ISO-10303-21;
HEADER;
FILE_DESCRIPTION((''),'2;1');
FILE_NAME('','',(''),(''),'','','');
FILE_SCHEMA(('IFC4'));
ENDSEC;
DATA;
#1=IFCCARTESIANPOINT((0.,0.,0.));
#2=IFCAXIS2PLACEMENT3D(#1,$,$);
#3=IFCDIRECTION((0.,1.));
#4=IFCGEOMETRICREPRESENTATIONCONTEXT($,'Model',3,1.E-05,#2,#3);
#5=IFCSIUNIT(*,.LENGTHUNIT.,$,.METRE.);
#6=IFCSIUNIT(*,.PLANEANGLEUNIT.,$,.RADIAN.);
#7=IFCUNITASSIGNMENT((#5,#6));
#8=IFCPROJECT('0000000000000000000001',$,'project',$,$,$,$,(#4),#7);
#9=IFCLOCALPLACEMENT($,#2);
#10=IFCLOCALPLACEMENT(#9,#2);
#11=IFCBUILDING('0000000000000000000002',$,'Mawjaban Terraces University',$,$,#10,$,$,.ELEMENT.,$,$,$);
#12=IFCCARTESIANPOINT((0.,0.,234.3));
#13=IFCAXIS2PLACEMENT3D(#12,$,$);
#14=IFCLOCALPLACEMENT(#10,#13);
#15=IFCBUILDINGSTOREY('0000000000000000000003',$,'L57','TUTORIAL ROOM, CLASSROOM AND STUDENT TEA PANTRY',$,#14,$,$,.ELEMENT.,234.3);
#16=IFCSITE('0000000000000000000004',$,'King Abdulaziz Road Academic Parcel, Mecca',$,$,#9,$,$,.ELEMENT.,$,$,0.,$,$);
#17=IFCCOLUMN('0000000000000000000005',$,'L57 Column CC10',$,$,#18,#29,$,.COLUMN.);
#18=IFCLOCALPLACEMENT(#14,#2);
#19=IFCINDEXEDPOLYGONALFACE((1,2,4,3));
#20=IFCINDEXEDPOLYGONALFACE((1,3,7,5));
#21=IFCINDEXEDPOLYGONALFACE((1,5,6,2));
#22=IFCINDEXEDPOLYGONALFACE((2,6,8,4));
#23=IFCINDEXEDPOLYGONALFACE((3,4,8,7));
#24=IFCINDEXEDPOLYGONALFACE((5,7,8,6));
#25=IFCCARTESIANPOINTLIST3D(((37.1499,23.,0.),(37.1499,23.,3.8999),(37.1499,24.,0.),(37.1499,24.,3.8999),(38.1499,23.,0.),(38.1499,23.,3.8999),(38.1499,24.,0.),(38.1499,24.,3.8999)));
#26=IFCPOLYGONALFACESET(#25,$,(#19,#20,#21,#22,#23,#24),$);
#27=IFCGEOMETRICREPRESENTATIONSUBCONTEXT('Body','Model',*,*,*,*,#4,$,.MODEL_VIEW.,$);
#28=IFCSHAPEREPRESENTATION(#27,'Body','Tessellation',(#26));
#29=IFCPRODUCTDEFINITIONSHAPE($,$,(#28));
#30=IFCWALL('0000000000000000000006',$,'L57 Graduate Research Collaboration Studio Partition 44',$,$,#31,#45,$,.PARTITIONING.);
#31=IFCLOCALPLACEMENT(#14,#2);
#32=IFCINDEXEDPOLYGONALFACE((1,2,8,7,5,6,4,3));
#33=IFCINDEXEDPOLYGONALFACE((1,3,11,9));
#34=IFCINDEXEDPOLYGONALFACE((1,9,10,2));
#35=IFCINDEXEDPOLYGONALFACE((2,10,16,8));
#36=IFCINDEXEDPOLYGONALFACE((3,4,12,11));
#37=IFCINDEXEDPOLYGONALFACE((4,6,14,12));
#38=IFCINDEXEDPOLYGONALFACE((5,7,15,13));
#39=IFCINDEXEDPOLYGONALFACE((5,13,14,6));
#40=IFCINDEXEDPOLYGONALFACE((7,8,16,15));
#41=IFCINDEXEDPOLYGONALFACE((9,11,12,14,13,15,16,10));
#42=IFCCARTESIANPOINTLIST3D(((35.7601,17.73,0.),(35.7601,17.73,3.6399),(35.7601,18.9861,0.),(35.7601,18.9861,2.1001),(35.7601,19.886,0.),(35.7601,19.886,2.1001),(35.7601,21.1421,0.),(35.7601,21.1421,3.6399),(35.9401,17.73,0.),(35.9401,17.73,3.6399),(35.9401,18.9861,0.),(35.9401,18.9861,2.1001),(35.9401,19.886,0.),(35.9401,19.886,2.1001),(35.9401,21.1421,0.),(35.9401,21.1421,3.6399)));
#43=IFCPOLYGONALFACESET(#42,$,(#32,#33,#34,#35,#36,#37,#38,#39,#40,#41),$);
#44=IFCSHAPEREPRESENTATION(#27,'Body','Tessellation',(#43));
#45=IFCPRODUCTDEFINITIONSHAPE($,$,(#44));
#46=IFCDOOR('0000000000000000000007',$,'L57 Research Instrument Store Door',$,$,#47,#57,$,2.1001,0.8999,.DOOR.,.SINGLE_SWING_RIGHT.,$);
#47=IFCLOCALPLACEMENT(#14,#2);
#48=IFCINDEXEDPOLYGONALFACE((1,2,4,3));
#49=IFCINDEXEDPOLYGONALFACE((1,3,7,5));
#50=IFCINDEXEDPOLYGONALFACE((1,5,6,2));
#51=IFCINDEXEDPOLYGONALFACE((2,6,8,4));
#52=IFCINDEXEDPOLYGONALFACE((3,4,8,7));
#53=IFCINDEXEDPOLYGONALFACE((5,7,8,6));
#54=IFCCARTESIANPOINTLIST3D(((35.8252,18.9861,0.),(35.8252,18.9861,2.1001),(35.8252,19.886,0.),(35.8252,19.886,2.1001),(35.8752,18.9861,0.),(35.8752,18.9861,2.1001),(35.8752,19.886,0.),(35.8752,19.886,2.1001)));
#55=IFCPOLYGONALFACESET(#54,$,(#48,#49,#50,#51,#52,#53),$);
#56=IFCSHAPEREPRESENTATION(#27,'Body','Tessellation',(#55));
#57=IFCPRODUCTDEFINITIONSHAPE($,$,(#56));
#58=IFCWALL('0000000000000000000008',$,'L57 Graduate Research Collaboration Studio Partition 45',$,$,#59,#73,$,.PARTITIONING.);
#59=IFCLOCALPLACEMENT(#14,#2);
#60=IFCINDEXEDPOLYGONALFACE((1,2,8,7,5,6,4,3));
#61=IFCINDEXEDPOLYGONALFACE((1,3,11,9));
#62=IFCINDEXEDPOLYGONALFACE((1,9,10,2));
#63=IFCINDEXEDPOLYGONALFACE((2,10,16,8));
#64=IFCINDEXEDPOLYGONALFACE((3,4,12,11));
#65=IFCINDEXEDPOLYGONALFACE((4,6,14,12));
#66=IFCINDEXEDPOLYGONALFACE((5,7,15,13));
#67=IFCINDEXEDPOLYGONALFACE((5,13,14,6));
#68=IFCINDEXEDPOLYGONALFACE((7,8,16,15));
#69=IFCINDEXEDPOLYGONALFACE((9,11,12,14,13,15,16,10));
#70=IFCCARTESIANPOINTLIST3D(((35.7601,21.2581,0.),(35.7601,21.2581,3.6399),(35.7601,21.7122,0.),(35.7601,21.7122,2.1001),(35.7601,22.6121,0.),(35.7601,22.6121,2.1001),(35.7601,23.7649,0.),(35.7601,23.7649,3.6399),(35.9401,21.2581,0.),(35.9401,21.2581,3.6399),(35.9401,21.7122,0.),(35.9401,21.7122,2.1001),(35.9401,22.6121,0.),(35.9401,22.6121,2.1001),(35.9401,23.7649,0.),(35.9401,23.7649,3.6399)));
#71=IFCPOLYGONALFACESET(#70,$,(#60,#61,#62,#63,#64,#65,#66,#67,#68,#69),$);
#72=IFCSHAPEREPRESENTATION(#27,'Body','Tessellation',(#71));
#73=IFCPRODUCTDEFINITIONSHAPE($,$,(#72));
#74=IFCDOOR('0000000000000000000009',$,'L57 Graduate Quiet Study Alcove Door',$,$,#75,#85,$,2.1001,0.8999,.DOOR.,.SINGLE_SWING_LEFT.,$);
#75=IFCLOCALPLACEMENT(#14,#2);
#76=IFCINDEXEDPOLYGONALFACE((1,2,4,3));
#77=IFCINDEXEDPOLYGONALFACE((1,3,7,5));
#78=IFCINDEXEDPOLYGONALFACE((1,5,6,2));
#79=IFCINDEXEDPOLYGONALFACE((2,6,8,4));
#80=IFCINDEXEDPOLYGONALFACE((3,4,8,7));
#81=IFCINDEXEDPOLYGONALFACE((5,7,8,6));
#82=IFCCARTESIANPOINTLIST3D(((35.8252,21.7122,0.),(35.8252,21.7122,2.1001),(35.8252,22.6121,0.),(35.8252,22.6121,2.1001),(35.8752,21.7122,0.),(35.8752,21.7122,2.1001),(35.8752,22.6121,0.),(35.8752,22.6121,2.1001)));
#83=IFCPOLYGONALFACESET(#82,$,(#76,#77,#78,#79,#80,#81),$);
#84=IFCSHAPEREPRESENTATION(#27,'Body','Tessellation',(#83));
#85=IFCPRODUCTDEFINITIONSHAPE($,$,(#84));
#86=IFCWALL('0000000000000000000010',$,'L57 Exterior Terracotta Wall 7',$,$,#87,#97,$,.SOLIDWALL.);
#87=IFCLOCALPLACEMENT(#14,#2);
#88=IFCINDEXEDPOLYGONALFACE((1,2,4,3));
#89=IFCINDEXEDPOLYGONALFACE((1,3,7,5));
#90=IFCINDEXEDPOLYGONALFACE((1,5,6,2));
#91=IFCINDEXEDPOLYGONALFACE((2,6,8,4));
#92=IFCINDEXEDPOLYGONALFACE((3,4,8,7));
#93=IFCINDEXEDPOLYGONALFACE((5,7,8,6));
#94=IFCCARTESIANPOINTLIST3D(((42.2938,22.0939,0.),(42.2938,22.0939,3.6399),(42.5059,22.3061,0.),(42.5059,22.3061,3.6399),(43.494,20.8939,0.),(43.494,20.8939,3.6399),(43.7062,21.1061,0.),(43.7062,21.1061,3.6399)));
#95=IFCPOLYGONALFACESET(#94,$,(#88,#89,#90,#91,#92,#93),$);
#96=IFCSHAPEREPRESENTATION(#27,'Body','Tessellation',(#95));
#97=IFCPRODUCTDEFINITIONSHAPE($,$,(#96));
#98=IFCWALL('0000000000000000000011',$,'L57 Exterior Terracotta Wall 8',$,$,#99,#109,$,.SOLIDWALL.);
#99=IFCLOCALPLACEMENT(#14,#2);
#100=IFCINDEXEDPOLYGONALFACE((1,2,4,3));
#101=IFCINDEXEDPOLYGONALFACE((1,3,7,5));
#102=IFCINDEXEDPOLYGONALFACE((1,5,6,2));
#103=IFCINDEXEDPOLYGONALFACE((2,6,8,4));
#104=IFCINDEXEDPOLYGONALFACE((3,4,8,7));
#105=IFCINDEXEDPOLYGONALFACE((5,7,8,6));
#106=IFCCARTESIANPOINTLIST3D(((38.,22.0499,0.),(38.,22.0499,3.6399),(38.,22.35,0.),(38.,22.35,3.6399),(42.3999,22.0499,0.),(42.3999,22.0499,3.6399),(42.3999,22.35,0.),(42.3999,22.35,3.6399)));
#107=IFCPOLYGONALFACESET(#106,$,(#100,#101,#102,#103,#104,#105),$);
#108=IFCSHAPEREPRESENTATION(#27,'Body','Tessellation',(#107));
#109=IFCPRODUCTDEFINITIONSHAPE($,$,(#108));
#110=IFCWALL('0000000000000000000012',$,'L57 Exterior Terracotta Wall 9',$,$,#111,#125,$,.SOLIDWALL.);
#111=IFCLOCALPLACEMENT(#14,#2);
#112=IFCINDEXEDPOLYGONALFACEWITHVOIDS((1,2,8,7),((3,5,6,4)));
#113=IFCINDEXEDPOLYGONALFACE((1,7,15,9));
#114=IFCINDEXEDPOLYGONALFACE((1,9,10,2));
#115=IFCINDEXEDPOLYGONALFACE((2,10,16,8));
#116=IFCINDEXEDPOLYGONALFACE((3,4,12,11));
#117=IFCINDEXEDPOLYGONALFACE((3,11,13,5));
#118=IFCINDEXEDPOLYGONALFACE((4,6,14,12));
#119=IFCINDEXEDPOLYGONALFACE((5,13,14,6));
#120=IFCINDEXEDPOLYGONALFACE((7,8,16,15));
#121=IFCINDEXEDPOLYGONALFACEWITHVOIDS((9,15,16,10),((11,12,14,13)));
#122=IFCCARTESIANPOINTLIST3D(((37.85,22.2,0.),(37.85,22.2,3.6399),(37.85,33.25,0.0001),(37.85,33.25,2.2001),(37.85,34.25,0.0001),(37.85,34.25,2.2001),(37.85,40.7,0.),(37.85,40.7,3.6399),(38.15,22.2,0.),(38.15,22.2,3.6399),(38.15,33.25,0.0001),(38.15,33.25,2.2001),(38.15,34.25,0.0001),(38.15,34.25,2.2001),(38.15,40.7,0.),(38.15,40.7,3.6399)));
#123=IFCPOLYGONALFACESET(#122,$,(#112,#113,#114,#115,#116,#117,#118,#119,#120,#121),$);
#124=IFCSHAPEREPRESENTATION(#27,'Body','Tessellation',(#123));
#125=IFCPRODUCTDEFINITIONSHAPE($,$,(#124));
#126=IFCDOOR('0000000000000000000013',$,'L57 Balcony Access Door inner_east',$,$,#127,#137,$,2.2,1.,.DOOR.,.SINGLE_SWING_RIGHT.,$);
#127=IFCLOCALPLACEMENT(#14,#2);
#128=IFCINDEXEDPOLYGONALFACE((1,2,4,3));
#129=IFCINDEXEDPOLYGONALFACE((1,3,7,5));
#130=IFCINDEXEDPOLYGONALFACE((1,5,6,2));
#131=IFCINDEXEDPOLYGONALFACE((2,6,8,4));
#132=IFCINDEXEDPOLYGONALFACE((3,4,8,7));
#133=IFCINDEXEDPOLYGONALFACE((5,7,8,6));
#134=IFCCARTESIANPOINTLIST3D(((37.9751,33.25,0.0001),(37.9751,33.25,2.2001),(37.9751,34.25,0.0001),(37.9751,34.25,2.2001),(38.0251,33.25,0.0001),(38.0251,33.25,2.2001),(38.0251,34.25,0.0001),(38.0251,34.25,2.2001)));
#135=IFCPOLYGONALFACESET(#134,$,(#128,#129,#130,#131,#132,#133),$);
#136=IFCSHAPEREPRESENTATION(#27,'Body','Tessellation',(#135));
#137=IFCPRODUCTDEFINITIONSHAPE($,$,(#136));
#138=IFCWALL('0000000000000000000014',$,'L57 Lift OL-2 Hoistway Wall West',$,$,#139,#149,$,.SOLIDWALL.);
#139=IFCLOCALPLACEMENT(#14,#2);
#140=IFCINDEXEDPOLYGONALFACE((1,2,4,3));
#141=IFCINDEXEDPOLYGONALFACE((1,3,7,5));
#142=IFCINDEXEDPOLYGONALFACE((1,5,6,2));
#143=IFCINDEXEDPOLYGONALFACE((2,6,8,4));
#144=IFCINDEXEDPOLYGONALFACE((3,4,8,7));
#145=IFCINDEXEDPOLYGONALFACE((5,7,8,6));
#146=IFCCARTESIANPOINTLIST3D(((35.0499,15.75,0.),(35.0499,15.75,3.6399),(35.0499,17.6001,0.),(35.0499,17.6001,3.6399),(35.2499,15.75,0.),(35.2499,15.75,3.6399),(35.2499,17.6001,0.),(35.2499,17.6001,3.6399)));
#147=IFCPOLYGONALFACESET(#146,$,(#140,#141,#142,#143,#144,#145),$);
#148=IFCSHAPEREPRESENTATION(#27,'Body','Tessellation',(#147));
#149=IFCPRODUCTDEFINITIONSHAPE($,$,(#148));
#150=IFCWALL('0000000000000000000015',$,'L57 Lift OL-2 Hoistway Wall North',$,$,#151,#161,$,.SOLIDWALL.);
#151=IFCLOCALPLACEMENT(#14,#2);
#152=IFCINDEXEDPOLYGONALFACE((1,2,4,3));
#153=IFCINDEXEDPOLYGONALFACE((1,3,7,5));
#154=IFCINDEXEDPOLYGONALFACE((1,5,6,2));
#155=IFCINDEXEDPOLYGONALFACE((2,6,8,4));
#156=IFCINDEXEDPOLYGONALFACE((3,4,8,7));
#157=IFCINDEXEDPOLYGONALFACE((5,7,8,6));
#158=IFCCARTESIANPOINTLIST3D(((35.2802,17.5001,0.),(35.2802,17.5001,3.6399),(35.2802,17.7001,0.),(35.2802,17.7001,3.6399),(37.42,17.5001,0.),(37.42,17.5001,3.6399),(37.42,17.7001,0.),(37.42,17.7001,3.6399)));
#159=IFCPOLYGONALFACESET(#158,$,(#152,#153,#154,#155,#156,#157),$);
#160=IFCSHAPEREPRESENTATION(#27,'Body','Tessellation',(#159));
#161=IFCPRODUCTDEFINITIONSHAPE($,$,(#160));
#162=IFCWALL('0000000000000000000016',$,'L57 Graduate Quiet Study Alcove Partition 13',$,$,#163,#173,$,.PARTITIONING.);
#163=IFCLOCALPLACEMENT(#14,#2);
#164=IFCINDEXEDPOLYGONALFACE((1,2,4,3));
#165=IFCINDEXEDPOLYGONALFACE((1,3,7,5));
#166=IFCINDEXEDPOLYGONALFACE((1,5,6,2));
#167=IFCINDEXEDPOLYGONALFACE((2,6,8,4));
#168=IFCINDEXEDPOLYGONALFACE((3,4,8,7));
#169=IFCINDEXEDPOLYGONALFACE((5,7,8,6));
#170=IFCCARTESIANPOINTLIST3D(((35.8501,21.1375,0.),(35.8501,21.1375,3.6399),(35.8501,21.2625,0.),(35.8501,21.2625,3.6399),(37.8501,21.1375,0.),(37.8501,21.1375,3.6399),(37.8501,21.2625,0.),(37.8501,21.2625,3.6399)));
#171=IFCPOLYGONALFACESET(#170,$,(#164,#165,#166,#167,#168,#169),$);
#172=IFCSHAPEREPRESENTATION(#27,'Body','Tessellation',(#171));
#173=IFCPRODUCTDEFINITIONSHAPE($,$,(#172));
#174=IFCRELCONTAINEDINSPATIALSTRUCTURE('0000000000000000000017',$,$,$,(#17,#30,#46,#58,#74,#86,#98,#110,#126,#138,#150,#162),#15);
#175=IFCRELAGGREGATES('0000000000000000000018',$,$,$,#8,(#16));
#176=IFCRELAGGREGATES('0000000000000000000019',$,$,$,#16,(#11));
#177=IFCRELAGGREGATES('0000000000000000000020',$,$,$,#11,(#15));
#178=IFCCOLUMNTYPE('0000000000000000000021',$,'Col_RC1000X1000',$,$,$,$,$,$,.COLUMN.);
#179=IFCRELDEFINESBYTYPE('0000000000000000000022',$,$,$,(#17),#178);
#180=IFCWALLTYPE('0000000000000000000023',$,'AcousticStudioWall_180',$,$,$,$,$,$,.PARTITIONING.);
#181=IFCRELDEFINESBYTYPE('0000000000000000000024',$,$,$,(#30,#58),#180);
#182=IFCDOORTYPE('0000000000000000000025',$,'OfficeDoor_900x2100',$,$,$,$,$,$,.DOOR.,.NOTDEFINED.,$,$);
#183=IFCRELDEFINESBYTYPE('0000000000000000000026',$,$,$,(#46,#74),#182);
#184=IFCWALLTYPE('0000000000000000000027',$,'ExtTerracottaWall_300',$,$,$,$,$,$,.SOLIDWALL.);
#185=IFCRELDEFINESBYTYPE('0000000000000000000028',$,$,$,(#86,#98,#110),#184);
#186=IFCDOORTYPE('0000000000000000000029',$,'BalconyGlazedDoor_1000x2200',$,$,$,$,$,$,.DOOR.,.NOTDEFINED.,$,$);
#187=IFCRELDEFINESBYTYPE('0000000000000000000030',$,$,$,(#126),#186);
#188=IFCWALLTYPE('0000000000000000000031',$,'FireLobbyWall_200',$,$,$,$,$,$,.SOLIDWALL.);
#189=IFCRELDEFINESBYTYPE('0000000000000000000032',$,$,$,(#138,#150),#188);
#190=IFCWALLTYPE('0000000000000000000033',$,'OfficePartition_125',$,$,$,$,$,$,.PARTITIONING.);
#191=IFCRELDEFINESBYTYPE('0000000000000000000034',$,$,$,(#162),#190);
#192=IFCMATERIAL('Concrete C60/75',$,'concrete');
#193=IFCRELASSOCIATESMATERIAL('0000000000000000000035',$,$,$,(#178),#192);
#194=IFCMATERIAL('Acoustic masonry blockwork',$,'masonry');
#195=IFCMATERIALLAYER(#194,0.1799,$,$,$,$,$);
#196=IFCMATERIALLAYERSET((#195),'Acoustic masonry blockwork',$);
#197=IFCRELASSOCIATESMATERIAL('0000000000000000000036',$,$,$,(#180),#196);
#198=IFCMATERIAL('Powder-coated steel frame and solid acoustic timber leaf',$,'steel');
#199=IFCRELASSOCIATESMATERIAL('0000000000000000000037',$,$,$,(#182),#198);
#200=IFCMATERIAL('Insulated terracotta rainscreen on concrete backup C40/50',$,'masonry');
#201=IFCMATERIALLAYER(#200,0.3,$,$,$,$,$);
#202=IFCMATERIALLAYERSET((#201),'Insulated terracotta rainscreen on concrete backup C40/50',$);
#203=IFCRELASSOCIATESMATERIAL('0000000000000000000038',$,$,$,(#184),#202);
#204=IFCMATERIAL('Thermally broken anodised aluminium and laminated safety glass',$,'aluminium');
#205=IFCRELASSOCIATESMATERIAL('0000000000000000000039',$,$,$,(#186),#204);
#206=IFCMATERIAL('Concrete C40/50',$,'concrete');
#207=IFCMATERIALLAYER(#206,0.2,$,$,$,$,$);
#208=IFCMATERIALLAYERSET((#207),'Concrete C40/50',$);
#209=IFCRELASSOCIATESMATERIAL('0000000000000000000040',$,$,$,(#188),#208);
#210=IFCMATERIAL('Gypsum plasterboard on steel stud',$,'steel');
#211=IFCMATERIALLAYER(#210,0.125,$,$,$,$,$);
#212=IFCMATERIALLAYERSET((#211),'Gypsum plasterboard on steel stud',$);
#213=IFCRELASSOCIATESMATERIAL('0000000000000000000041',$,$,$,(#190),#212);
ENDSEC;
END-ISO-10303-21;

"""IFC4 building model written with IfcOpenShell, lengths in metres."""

from ifc_helpers import new_model, si_unit, direction, frame, frame_2d, origin, origin_2d, place, context, subcontext, project, spatial, rectangle, extrude, material, layer, layer_set, material_profile, profile_set, type_object, element, fill, save


model = new_model("IFC4")

# Units and contexts
model_context = context("Model", 3, precision=1e-05, world=origin(), true_north=direction((0.0, 1.0)))
body_context = subcontext(model_context, "Body", "Model", "MODEL_VIEW")
ifc_project = project(units=[si_unit("LENGTHUNIT", "METRE"), si_unit("PLANEANGLEUNIT", "RADIAN")], contexts=[model_context])

# Site, building, storey
site_placement = place(None, origin())
site = spatial("IfcSite", under=ifc_project, at=site_placement, Name="King Abdulaziz Road Academic Parcel, Mecca", CompositionType="ELEMENT", RefElevation=0.0)
building_placement = place(site_placement, origin())
building = spatial("IfcBuilding", under=site, at=building_placement, Name="Mawjaban Terraces University", CompositionType="ELEMENT")
storey_placement = place(building_placement, frame((0.0, 0.0, 234.3)))
storey = spatial("IfcBuildingStorey", under=building, at=storey_placement, Name="L57", Description="TUTORIAL ROOM, CLASSROOM AND STUDENT TEA PANTRY", CompositionType="ELEMENT", Elevation=234.3)

# Column
ifc_material_1 = material(Name="Concrete C60/75", Category="concrete")
ifc_material_profile_1 = material_profile(ifc_material_1, rectangle(XDim=1.0, YDim=1.0, at=origin_2d()), Name="RC1000X1000")
ifc_profile_set_1 = profile_set([ifc_material_profile_1], Name="Concrete C60/75")
column_type = type_object("IfcColumnType", Name="Col_RC1000X1000", PredefinedType="COLUMN", material=ifc_profile_set_1)
column_placement = place(storey_placement, frame((37.6499, 23.5, 0.0), z_axis=(0.0, 0.0, 1.0), x_axis=(1.0, 0.0, 0.0)))
element("IfcColumn", 1, at=column_placement, inside=storey, type_object=column_type, Name="L57 Column CC10", PredefinedType="COLUMN", context=body_context, shape_type="SweptSolid", body=[
    extrude(rectangle(XDim=1.0, YDim=1.0, at=origin_2d()), origin(), (0.0, 0.0, 1.0), 3.8999),
])

# Walls, openings, doors
ifc_material_2 = material(Name="Acoustic masonry blockwork", Category="masonry")
ifc_layer_1 = layer(ifc_material_2, 0.1799)
ifc_layer_set_1 = layer_set([ifc_layer_1], Name="Acoustic masonry blockwork")
wall_type_1 = type_object("IfcWallType", Name="AcousticStudioWall_180", PredefinedType="PARTITIONING", material=ifc_layer_set_1)
wall_1_placement = place(storey_placement, frame((35.8501, 17.73, 0.0), z_axis=(0.0, 0.0, 1.0), x_axis=(0.0, 1.0, 0.0)))
wall_1 = element("IfcWall", 2, at=wall_1_placement, inside=storey, type_object=wall_type_1, Name="L57 Graduate Research Collaboration Studio Partition 44", PredefinedType="PARTITIONING", context=body_context, shape_type="SweptSolid", body=[
    extrude(rectangle(XDim=3.4121, YDim=0.1799, at=frame_2d((1.7061, 0.0))), origin(), (0.0, 0.0, 1.0), 3.6399),
])
opening_1_placement = place(wall_1_placement, frame((1.2561, 0.0, 0.0)))
opening_1 = element("IfcOpeningElement", 3, at=opening_1_placement, cuts=wall_1, PredefinedType="OPENING", context=body_context, shape_type="SweptSolid", body=[
    extrude(rectangle(XDim=0.8999, YDim=2.1001, at=frame_2d((0.45, 1.05))), frame((0.0, 0.0999, 0.0), z_axis=(0.0, -1.0, 0.0), x_axis=(1.0, 0.0, 0.0)), (0.0, 0.0, 1.0), 0.2),
])
ifc_material_3 = material(Name="Powder-coated steel frame and solid acoustic timber leaf", Category="steel")
door_type_1 = type_object("IfcDoorType", Name="OfficeDoor_900x2100", OperationType="NOTDEFINED", PredefinedType="DOOR", material=ifc_material_3)
door_1_placement = place(opening_1_placement, origin())
door_1 = element("IfcDoor", 4, at=door_1_placement, inside=storey, type_object=door_type_1, Name="L57 Research Instrument Store Door", OperationType="SINGLE_SWING_RIGHT", OverallHeight=2.1001, OverallWidth=0.8999, PredefinedType="DOOR", context=body_context, shape_type="SweptSolid", body=[
    extrude(rectangle(XDim=0.8999, YDim=2.1001, at=frame_2d((0.45, 1.05))), frame((0.0, 0.0249, 0.0), z_axis=(0.0, -1.0, 0.0), x_axis=(1.0, 0.0, 0.0)), (0.0, 0.0, 1.0), 0.05),
])
fill(opening_1, door_1)
wall_2_placement = place(storey_placement, frame((35.8501, 21.2581, 0.0), z_axis=(0.0, 0.0, 1.0), x_axis=(0.0, 1.0, 0.0)))
wall_2 = element("IfcWall", 5, at=wall_2_placement, inside=storey, type_object=wall_type_1, Name="L57 Graduate Research Collaboration Studio Partition 45", PredefinedType="PARTITIONING", context=body_context, shape_type="SweptSolid", body=[
    extrude(rectangle(XDim=2.5068, YDim=0.1799, at=frame_2d((1.2534, 0.0))), origin(), (0.0, 0.0, 1.0), 3.6399),
])
opening_2_placement = place(wall_2_placement, frame((0.4541, 0.0, 0.0)))
opening_2 = element("IfcOpeningElement", 6, at=opening_2_placement, cuts=wall_2, PredefinedType="OPENING", context=body_context, shape_type="SweptSolid", body=[
    extrude(rectangle(XDim=0.8999, YDim=2.1001, at=frame_2d((0.45, 1.05))), frame((0.0, 0.0999, 0.0), z_axis=(0.0, -1.0, 0.0), x_axis=(1.0, 0.0, 0.0)), (0.0, 0.0, 1.0), 0.2),
])
door_2_placement = place(opening_2_placement, origin())
door_2 = element("IfcDoor", 7, at=door_2_placement, inside=storey, type_object=door_type_1, Name="L57 Graduate Quiet Study Alcove Door", OperationType="SINGLE_SWING_LEFT", OverallHeight=2.1001, OverallWidth=0.8999, PredefinedType="DOOR", context=body_context, shape_type="SweptSolid", body=[
    extrude(rectangle(XDim=0.8999, YDim=2.1001, at=frame_2d((0.45, 1.05))), frame((0.0, 0.0249, 0.0), z_axis=(0.0, -1.0, 0.0), x_axis=(1.0, 0.0, 0.0)), (0.0, 0.0, 1.0), 0.05),
])
fill(opening_2, door_2)

# Walls
ifc_material_4 = material(Name="Insulated terracotta rainscreen on concrete backup C40/50", Category="masonry")
ifc_layer_2 = layer(ifc_material_4, 0.3)
ifc_layer_set_2 = layer_set([ifc_layer_2], Name="Insulated terracotta rainscreen on concrete backup C40/50")
wall_type_2 = type_object("IfcWallType", Name="ExtTerracottaWall_300", PredefinedType="SOLIDWALL", material=ifc_layer_set_2)
wall_3_placement = place(storey_placement, frame((43.6001, 21.0, 0.0), z_axis=(0.0, 0.0, 1.0), x_axis=(-0.707179, 0.707035, 0.0)))
element("IfcWall", 8, at=wall_3_placement, inside=storey, type_object=wall_type_2, Name="L57 Exterior Terracotta Wall 7", PredefinedType="SOLIDWALL", context=body_context, shape_type="SweptSolid", body=[
    extrude(rectangle(XDim=1.6973, YDim=0.3, at=frame_2d((0.8486, 0.0))), origin(), (0.0, 0.0, 1.0), 3.6399),
])
wall_4_placement = place(storey_placement, frame((42.3999, 22.2, 0.0), z_axis=(0.0, 0.0, 1.0), x_axis=(-1.0, 0.0, 0.0)))
element("IfcWall", 9, at=wall_4_placement, inside=storey, type_object=wall_type_2, Name="L57 Exterior Terracotta Wall 8", PredefinedType="SOLIDWALL", context=body_context, shape_type="SweptSolid", body=[
    extrude(rectangle(XDim=4.3999, YDim=0.3, at=frame_2d((2.2, 0.0))), origin(), (0.0, 0.0, 1.0), 3.6399),
])

# Wall, opening, door
wall_5_placement = place(storey_placement, frame((38.0, 22.2, 0.0), z_axis=(0.0, 0.0, 1.0), x_axis=(0.0, 1.0, 0.0)))
wall_5 = element("IfcWall", 10, at=wall_5_placement, inside=storey, type_object=wall_type_2, Name="L57 Exterior Terracotta Wall 9", PredefinedType="SOLIDWALL", context=body_context, shape_type="SweptSolid", body=[
    extrude(rectangle(XDim=18.5, YDim=0.3, at=frame_2d((9.25, 0.0))), origin(), (0.0, 0.0, 1.0), 3.6399),
])
opening_3_placement = place(wall_5_placement, frame((11.05, 0.0, 0.0)))
opening_3 = element("IfcOpeningElement", 11, at=opening_3_placement, cuts=wall_5, PredefinedType="OPENING", context=body_context, shape_type="SweptSolid", body=[
    extrude(rectangle(XDim=1.0, YDim=2.2, at=frame_2d((0.5, 1.1001))), frame((0.0, 0.1599, 0.0), z_axis=(0.0, -1.0, 0.0), x_axis=(1.0, 0.0, 0.0)), (0.0, 0.0, 1.0), 0.3201),
])
ifc_material_5 = material(Name="Thermally broken anodised aluminium and laminated safety glass", Category="aluminium")
door_type_2 = type_object("IfcDoorType", Name="BalconyGlazedDoor_1000x2200", OperationType="NOTDEFINED", PredefinedType="DOOR", material=ifc_material_5)
door_3_placement = place(opening_3_placement, origin())
door_3 = element("IfcDoor", 12, at=door_3_placement, inside=storey, type_object=door_type_2, Name="L57 Balcony Access Door inner_east", OperationType="SINGLE_SWING_RIGHT", OverallHeight=2.2, OverallWidth=1.0, PredefinedType="DOOR", context=body_context, shape_type="SweptSolid", body=[
    extrude(rectangle(XDim=1.0, YDim=2.2, at=frame_2d((0.5, 1.1001))), frame((0.0, 0.0249, 0.0), z_axis=(0.0, -1.0, 0.0), x_axis=(1.0, 0.0, 0.0)), (0.0, 0.0, 1.0), 0.05),
])
fill(opening_3, door_3)

# Walls
ifc_material_6 = material(Name="Concrete C40/50", Category="concrete")
ifc_layer_3 = layer(ifc_material_6, 0.2)
ifc_layer_set_3 = layer_set([ifc_layer_3], Name="Concrete C40/50")
wall_type_3 = type_object("IfcWallType", Name="FireLobbyWall_200", PredefinedType="SOLIDWALL", material=ifc_layer_set_3)
wall_6_placement = place(storey_placement, frame((35.1499, 17.6001, 0.0), z_axis=(0.0, 0.0, 1.0), x_axis=(0.0, -1.0, 0.0)))
element("IfcWall", 13, at=wall_6_placement, inside=storey, type_object=wall_type_3, Name="L57 Lift OL-2 Hoistway Wall West", PredefinedType="SOLIDWALL", context=body_context, shape_type="SweptSolid", body=[
    extrude(rectangle(XDim=1.8501, YDim=0.2, at=frame_2d((0.925, 0.0))), origin(), (0.0, 0.0, 1.0), 3.6399),
])
wall_7_placement = place(storey_placement, frame((37.4199, 17.6001, 0.0), z_axis=(0.0, 0.0, 1.0), x_axis=(-1.0, 0.0, 0.0)))
element("IfcWall", 14, at=wall_7_placement, inside=storey, type_object=wall_type_3, Name="L57 Lift OL-2 Hoistway Wall North", PredefinedType="SOLIDWALL", context=body_context, shape_type="SweptSolid", body=[
    extrude(rectangle(XDim=2.1399, YDim=0.2, at=frame_2d((1.0698, 0.0))), origin(), (0.0, 0.0, 1.0), 3.6399),
])
ifc_material_7 = material(Name="Gypsum plasterboard on steel stud", Category="steel")
ifc_layer_4 = layer(ifc_material_7, 0.125)
ifc_layer_set_4 = layer_set([ifc_layer_4], Name="Gypsum plasterboard on steel stud")
wall_type_4 = type_object("IfcWallType", Name="OfficePartition_125", PredefinedType="PARTITIONING", material=ifc_layer_set_4)
wall_8_placement = place(storey_placement, frame((35.8501, 21.2, 0.0), z_axis=(0.0, 0.0, 1.0), x_axis=(1.0, 0.0, 0.0)))
element("IfcWall", 15, at=wall_8_placement, inside=storey, type_object=wall_type_4, Name="L57 Graduate Quiet Study Alcove Partition 13", PredefinedType="PARTITIONING", context=body_context, shape_type="SweptSolid", body=[
    extrude(rectangle(XDim=2.0, YDim=0.125, at=frame_2d((1.0, 0.0))), origin(), (0.0, 0.0, 1.0), 3.6399),
])

save(model, "model.ifc")
